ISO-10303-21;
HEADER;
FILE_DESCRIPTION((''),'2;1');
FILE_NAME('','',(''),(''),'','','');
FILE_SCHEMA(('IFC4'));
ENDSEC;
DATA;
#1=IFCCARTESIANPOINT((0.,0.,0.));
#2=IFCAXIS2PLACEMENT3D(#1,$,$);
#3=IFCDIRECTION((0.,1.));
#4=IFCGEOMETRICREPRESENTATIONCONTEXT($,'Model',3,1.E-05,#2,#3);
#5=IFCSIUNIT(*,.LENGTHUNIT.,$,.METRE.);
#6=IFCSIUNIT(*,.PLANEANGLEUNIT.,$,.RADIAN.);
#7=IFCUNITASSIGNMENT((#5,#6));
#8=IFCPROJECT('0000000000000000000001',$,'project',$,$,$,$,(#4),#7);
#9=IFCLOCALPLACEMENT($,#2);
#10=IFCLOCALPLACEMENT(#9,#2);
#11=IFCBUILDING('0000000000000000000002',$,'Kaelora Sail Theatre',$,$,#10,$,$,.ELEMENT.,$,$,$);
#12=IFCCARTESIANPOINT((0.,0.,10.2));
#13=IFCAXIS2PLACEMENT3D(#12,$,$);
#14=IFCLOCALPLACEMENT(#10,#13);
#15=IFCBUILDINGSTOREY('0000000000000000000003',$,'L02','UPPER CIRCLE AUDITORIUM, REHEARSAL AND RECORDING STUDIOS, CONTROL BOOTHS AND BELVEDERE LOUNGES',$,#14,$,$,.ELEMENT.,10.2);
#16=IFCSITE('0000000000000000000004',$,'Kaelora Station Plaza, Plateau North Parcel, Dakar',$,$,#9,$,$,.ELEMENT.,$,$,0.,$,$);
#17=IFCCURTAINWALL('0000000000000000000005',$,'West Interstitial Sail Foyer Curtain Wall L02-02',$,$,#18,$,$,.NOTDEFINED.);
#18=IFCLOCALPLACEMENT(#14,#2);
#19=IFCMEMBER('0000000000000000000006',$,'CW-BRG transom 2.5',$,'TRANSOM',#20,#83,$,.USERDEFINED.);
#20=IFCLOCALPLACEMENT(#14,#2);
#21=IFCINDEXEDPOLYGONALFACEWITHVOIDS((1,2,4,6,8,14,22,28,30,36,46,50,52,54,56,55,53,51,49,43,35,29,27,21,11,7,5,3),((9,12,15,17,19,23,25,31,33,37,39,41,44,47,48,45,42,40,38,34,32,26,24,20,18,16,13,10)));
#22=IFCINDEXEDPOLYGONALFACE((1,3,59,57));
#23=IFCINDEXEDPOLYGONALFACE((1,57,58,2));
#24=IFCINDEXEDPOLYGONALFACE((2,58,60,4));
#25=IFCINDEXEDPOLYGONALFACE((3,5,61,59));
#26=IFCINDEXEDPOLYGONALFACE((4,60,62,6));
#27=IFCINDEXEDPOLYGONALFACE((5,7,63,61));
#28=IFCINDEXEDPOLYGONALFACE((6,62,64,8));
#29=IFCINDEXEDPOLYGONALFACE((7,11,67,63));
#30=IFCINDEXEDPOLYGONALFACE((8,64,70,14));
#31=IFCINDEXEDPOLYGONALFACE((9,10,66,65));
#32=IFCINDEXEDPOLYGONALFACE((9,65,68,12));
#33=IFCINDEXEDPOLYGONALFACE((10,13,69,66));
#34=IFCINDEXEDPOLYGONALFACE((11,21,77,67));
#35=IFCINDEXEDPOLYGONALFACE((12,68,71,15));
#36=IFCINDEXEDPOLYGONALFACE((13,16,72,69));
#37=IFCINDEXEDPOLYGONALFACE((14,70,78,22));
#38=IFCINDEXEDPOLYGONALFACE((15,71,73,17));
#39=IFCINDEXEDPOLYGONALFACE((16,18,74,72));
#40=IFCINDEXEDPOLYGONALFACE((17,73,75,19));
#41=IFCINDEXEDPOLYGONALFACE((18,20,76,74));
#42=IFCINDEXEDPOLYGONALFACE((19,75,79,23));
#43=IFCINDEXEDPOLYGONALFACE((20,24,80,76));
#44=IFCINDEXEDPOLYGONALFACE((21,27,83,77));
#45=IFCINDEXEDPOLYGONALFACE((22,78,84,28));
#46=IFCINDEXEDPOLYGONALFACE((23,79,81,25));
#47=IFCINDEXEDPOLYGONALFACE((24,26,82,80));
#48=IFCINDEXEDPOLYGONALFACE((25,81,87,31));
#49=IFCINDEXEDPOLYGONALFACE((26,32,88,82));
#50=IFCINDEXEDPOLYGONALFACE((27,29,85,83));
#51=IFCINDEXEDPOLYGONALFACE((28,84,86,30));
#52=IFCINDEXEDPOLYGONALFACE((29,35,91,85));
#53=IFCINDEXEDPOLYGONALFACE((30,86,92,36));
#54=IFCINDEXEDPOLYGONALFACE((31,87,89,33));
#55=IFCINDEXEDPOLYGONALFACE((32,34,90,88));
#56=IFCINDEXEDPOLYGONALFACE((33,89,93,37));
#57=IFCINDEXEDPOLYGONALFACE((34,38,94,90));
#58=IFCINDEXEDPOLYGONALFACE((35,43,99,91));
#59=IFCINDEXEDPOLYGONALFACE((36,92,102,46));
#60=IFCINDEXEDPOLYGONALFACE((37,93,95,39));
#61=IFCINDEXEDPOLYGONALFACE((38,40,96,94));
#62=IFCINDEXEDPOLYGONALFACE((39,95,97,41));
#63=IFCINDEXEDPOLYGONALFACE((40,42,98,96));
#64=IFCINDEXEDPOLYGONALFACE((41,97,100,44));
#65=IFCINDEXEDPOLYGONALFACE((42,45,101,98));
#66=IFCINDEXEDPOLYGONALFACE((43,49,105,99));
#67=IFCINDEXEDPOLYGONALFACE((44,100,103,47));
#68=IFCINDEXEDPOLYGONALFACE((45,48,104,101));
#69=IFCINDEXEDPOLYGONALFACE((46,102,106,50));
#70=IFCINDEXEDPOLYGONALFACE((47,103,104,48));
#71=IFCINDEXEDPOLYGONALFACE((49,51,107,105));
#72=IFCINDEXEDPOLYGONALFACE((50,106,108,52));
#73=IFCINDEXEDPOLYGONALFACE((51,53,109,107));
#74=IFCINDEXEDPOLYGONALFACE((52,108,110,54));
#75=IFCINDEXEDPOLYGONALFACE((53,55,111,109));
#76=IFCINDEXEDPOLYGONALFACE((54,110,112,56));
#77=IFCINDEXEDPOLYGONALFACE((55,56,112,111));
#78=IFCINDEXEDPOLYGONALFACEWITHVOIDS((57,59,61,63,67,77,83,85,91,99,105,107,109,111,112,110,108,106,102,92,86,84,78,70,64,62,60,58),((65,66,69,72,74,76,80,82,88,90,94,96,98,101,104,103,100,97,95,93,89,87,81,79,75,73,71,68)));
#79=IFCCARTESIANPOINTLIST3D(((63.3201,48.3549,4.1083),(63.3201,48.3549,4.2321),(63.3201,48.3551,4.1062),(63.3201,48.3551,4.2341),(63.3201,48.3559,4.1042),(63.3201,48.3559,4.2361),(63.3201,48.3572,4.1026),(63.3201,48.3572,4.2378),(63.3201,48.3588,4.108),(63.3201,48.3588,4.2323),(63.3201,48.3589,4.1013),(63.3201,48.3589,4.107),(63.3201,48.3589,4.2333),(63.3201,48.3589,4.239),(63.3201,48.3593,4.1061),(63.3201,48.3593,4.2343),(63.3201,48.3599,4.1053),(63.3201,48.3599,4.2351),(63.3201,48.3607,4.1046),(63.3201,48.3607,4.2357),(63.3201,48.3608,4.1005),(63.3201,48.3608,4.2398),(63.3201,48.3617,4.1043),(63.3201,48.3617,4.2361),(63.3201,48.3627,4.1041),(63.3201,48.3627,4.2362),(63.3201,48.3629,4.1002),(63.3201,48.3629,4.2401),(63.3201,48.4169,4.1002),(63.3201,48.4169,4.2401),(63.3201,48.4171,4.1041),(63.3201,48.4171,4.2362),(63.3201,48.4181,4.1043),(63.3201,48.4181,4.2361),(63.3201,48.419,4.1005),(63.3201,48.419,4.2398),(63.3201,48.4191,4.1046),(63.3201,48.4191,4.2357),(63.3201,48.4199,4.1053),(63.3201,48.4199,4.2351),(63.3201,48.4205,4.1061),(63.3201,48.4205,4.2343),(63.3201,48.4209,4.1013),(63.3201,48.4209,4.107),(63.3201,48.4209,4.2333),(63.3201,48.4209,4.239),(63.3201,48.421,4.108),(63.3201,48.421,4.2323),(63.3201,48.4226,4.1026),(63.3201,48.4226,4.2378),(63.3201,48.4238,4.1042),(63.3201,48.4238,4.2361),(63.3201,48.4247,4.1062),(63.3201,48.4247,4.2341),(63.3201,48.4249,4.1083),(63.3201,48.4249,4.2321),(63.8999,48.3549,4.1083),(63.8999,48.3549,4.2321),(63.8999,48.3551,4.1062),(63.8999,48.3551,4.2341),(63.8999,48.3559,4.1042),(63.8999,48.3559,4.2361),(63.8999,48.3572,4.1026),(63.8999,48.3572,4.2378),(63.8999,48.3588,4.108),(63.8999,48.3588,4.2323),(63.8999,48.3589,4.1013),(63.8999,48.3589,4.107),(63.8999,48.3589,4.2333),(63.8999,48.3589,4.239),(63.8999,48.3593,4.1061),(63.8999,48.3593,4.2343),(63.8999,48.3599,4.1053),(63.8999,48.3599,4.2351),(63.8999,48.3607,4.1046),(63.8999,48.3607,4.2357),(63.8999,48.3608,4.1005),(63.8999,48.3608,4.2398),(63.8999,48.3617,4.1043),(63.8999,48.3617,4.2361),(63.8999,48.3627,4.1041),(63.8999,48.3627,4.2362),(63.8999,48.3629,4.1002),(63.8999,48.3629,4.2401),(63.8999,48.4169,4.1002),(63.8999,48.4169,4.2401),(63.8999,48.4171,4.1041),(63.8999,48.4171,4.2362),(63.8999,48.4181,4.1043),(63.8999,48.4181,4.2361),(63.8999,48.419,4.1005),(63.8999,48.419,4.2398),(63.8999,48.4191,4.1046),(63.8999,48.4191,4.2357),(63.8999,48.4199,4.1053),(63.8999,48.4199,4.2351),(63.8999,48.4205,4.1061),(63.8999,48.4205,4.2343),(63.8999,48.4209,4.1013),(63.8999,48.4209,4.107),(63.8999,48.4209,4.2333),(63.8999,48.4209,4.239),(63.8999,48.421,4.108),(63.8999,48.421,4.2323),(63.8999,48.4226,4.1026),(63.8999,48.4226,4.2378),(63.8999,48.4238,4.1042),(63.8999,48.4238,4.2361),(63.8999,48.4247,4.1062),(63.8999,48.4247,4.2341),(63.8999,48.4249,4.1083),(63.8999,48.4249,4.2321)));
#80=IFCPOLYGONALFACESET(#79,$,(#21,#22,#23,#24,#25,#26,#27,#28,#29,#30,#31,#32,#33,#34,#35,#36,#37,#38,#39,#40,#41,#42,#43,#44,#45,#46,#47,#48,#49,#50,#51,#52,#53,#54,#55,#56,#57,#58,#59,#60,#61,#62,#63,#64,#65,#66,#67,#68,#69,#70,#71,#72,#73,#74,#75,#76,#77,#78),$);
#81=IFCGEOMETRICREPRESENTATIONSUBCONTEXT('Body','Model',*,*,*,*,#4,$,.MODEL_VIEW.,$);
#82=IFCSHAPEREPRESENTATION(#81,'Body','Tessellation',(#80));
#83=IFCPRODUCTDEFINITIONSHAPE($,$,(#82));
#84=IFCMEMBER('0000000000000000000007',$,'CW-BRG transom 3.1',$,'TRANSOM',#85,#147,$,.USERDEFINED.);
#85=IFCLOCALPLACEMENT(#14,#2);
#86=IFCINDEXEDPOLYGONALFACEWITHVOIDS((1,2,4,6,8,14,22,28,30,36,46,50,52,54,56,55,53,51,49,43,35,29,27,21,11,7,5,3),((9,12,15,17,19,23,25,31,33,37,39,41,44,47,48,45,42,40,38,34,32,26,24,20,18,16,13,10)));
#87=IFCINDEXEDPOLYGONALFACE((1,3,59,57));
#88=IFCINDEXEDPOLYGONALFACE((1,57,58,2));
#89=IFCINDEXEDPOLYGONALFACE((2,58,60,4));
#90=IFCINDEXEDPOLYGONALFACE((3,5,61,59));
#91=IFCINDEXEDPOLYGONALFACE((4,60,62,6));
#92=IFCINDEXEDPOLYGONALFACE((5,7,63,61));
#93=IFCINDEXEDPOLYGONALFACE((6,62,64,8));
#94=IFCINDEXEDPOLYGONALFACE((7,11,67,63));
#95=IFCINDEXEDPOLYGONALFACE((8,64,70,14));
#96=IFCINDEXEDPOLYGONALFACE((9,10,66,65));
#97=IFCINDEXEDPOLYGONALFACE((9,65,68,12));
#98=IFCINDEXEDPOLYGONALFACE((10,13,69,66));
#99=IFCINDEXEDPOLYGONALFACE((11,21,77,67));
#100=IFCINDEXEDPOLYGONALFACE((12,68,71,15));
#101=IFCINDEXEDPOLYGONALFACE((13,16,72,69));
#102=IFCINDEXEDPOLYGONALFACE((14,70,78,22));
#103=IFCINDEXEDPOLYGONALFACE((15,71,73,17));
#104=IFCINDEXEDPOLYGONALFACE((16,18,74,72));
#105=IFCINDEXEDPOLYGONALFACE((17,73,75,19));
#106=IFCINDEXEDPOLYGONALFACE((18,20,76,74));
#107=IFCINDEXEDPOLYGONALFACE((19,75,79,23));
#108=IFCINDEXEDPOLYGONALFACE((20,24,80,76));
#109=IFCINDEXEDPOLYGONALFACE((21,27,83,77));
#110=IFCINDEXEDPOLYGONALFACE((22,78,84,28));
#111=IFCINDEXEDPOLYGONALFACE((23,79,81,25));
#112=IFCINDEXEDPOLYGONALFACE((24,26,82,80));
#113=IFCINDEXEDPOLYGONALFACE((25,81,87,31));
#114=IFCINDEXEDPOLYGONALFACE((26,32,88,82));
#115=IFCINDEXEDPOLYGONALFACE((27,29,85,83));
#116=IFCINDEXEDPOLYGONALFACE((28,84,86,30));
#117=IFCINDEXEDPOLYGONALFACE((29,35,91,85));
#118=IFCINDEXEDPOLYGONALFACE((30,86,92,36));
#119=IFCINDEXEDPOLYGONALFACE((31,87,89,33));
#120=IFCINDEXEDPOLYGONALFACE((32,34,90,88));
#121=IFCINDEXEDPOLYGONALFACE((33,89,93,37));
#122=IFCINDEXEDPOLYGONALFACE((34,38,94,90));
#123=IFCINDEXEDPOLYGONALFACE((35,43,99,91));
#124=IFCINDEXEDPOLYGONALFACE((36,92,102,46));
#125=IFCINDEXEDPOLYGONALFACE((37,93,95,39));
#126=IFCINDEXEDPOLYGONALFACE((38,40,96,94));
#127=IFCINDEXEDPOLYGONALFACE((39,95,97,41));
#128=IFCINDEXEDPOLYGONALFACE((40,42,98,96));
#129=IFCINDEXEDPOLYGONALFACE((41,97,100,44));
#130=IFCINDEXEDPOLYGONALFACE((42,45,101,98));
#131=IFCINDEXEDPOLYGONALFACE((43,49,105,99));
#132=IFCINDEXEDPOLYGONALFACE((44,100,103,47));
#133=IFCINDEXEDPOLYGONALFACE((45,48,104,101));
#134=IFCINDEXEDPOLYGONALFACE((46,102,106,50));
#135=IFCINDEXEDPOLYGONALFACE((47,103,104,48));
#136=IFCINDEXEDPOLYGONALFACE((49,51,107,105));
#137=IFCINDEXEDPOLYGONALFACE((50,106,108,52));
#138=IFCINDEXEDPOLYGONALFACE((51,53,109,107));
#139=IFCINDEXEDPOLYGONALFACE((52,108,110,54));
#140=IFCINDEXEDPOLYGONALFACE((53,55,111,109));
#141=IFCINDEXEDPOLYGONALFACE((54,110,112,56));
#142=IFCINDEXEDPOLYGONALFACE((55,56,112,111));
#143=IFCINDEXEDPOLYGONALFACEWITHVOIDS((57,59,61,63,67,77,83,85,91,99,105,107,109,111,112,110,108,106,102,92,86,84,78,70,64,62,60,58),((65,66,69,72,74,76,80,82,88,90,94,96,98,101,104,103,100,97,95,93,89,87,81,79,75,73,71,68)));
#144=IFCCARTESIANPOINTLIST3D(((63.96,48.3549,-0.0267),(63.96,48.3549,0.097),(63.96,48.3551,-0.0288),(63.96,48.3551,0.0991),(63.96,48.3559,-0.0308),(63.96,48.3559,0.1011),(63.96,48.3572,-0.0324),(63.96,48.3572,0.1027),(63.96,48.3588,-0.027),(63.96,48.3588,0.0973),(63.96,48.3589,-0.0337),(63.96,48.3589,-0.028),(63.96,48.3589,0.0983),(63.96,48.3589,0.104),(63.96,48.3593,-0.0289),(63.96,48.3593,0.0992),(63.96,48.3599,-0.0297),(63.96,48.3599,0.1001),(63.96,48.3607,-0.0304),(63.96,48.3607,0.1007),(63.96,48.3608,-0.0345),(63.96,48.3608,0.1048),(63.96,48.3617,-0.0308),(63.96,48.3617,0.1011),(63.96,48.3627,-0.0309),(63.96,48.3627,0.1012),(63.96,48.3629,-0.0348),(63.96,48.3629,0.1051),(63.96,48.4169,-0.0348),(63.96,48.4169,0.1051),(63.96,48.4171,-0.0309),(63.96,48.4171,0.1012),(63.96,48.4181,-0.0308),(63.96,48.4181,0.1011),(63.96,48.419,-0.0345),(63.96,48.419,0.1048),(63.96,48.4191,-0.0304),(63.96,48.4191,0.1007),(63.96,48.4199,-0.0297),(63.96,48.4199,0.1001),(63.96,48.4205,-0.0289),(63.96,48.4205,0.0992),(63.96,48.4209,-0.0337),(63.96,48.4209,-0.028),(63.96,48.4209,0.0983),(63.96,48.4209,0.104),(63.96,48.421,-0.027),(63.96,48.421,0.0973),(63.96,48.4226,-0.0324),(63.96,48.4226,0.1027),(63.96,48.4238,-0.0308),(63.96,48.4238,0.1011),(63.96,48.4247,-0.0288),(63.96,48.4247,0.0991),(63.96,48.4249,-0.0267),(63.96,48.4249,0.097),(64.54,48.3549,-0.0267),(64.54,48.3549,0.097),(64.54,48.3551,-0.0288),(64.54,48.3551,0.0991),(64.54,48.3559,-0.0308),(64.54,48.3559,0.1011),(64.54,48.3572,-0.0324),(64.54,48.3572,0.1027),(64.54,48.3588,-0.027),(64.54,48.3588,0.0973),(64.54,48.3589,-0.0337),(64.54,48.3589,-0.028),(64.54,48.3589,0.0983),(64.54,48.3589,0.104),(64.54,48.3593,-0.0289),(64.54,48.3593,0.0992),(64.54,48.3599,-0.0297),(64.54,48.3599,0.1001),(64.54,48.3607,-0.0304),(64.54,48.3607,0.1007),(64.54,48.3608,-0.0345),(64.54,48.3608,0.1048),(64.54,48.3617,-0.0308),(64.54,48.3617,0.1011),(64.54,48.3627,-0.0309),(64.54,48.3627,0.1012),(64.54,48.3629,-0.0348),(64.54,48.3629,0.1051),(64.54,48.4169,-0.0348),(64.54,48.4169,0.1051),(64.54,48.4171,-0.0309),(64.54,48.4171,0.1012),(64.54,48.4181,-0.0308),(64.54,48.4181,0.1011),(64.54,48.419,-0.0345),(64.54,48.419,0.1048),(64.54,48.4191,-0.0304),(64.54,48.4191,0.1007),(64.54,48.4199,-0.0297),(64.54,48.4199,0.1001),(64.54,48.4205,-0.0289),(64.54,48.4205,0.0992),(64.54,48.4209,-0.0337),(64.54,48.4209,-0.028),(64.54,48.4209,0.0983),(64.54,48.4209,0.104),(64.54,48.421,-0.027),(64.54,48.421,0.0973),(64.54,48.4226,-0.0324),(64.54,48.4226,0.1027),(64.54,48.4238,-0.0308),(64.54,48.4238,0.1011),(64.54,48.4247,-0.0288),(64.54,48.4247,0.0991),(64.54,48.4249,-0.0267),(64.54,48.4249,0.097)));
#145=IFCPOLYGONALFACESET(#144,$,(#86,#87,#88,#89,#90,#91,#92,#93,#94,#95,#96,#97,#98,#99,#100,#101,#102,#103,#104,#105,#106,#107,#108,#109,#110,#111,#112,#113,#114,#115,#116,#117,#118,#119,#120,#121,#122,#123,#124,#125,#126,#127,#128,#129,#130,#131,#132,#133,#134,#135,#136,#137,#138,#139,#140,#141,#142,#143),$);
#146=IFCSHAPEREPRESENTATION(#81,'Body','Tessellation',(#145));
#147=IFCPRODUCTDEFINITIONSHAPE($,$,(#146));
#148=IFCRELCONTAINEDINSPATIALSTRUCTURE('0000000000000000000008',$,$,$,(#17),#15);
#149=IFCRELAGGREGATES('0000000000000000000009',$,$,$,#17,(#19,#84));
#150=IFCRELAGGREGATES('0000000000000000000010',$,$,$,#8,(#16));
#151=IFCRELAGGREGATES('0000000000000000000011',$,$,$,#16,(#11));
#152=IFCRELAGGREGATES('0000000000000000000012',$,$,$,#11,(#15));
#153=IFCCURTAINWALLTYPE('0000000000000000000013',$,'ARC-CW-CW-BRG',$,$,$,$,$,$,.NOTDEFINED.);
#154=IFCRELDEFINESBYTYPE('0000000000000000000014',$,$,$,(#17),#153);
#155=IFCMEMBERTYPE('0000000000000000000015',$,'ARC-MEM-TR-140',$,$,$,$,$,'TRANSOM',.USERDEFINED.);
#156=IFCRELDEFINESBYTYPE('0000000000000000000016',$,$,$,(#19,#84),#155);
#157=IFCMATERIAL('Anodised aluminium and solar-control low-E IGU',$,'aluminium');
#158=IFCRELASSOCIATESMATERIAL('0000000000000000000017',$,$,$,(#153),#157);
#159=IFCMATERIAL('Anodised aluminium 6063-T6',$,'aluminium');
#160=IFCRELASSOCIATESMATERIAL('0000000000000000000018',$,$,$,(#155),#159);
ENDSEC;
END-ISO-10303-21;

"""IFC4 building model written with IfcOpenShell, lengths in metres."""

from ifc_helpers import new_model, si_unit, direction, frame, origin, origin_2d, place, context, subcontext, project, spatial, hollow_rectangle, extrude, material, material_profile, profile_set, type_object, element, aggregate, save


model = new_model("IFC4")

# Units and contexts
model_context = context("Model", 3, precision=1e-05, world=origin(), true_north=direction((0.0, 1.0)))
body_context = subcontext(model_context, "Body", "Model", "MODEL_VIEW")
ifc_project = project(units=[si_unit("LENGTHUNIT", "METRE"), si_unit("PLANEANGLEUNIT", "RADIAN")], contexts=[model_context])

# Site, building, storey
site_placement = place(None, origin())
site = spatial("IfcSite", under=ifc_project, at=site_placement, Name="Kaelora Station Plaza, Plateau North Parcel, Dakar", CompositionType="ELEMENT", RefElevation=0.0)
building_placement = place(site_placement, origin())
building = spatial("IfcBuilding", under=site, at=building_placement, Name="Kaelora Sail Theatre", CompositionType="ELEMENT")
storey_placement = place(building_placement, frame((0.0, 0.0, 10.2)))
storey = spatial("IfcBuildingStorey", under=building, at=storey_placement, Name="L02", Description="UPPER CIRCLE AUDITORIUM, REHEARSAL AND RECORDING STUDIOS, CONTROL BOOTHS AND BELVEDERE LOUNGES", CompositionType="ELEMENT", Elevation=10.2)

# Curtain wall, members
ifc_material_1 = material(Name="Anodised aluminium and solar-control low-E IGU", Category="aluminium")
curtain_wall_type = type_object("IfcCurtainWallType", Name="ARC-CW-CW-BRG", PredefinedType="NOTDEFINED", material=ifc_material_1)
curtain_wall_placement = place(storey_placement, origin())
curtain_wall = element("IfcCurtainWall", 1, at=curtain_wall_placement, inside=storey, type_object=curtain_wall_type, Name="West Interstitial Sail Foyer Curtain Wall L02-02", PredefinedType="NOTDEFINED")
ifc_material_2 = material(Name="Anodised aluminium 6063-T6", Category="aluminium")
ifc_material_profile_1 = material_profile(ifc_material_2, hollow_rectangle(XDim=0.0701, YDim=0.1399, WallThickness=0.0039, InnerFilletRadius=0.0039, OuterFilletRadius=0.0081, at=origin_2d()), Name="ALU-TRAN 70x140x4")
ifc_profile_set_1 = profile_set([ifc_material_profile_1], Name="Anodised aluminium 6063-T6")
member_type_1 = type_object("IfcMemberType", Name="ARC-MEM-TR-140", ElementType="TRANSOM", PredefinedType="USERDEFINED", material=ifc_profile_set_1)
member_1_placement = place(storey_placement, frame((63.3201, 48.3899, 4.1702), z_axis=(1.0, 0.0, 0.0), x_axis=(0.0, 1.0, 0.0)))
member_1 = element("IfcMember", 2, at=member_1_placement, type_object=member_type_1, Name="CW-BRG transom 2.5", ObjectType="TRANSOM", PredefinedType="USERDEFINED", context=body_context, shape_type="SweptSolid", body=[
    extrude(hollow_rectangle(XDim=0.0701, YDim=0.1399, WallThickness=0.0039, InnerFilletRadius=0.0039, OuterFilletRadius=0.0081, at=origin_2d()), origin(), (0.0, 0.0, 1.0), 0.5798),
])
member_2_placement = place(storey_placement, frame((63.96, 48.3899, 0.0352), z_axis=(1.0, 0.0, 0.0), x_axis=(0.0, 1.0, 0.0)))
member_2 = element("IfcMember", 3, at=member_2_placement, type_object=member_type_1, Name="CW-BRG transom 3.1", ObjectType="TRANSOM", PredefinedType="USERDEFINED", context=body_context, shape_type="SweptSolid", body=[
    extrude(hollow_rectangle(XDim=0.0701, YDim=0.1399, WallThickness=0.0039, InnerFilletRadius=0.0039, OuterFilletRadius=0.0081, at=origin_2d()), origin(), (0.0, 0.0, 1.0), 0.5801),
])

aggregate(curtain_wall, [member_1, member_2])

save(model, "model.ifc")
